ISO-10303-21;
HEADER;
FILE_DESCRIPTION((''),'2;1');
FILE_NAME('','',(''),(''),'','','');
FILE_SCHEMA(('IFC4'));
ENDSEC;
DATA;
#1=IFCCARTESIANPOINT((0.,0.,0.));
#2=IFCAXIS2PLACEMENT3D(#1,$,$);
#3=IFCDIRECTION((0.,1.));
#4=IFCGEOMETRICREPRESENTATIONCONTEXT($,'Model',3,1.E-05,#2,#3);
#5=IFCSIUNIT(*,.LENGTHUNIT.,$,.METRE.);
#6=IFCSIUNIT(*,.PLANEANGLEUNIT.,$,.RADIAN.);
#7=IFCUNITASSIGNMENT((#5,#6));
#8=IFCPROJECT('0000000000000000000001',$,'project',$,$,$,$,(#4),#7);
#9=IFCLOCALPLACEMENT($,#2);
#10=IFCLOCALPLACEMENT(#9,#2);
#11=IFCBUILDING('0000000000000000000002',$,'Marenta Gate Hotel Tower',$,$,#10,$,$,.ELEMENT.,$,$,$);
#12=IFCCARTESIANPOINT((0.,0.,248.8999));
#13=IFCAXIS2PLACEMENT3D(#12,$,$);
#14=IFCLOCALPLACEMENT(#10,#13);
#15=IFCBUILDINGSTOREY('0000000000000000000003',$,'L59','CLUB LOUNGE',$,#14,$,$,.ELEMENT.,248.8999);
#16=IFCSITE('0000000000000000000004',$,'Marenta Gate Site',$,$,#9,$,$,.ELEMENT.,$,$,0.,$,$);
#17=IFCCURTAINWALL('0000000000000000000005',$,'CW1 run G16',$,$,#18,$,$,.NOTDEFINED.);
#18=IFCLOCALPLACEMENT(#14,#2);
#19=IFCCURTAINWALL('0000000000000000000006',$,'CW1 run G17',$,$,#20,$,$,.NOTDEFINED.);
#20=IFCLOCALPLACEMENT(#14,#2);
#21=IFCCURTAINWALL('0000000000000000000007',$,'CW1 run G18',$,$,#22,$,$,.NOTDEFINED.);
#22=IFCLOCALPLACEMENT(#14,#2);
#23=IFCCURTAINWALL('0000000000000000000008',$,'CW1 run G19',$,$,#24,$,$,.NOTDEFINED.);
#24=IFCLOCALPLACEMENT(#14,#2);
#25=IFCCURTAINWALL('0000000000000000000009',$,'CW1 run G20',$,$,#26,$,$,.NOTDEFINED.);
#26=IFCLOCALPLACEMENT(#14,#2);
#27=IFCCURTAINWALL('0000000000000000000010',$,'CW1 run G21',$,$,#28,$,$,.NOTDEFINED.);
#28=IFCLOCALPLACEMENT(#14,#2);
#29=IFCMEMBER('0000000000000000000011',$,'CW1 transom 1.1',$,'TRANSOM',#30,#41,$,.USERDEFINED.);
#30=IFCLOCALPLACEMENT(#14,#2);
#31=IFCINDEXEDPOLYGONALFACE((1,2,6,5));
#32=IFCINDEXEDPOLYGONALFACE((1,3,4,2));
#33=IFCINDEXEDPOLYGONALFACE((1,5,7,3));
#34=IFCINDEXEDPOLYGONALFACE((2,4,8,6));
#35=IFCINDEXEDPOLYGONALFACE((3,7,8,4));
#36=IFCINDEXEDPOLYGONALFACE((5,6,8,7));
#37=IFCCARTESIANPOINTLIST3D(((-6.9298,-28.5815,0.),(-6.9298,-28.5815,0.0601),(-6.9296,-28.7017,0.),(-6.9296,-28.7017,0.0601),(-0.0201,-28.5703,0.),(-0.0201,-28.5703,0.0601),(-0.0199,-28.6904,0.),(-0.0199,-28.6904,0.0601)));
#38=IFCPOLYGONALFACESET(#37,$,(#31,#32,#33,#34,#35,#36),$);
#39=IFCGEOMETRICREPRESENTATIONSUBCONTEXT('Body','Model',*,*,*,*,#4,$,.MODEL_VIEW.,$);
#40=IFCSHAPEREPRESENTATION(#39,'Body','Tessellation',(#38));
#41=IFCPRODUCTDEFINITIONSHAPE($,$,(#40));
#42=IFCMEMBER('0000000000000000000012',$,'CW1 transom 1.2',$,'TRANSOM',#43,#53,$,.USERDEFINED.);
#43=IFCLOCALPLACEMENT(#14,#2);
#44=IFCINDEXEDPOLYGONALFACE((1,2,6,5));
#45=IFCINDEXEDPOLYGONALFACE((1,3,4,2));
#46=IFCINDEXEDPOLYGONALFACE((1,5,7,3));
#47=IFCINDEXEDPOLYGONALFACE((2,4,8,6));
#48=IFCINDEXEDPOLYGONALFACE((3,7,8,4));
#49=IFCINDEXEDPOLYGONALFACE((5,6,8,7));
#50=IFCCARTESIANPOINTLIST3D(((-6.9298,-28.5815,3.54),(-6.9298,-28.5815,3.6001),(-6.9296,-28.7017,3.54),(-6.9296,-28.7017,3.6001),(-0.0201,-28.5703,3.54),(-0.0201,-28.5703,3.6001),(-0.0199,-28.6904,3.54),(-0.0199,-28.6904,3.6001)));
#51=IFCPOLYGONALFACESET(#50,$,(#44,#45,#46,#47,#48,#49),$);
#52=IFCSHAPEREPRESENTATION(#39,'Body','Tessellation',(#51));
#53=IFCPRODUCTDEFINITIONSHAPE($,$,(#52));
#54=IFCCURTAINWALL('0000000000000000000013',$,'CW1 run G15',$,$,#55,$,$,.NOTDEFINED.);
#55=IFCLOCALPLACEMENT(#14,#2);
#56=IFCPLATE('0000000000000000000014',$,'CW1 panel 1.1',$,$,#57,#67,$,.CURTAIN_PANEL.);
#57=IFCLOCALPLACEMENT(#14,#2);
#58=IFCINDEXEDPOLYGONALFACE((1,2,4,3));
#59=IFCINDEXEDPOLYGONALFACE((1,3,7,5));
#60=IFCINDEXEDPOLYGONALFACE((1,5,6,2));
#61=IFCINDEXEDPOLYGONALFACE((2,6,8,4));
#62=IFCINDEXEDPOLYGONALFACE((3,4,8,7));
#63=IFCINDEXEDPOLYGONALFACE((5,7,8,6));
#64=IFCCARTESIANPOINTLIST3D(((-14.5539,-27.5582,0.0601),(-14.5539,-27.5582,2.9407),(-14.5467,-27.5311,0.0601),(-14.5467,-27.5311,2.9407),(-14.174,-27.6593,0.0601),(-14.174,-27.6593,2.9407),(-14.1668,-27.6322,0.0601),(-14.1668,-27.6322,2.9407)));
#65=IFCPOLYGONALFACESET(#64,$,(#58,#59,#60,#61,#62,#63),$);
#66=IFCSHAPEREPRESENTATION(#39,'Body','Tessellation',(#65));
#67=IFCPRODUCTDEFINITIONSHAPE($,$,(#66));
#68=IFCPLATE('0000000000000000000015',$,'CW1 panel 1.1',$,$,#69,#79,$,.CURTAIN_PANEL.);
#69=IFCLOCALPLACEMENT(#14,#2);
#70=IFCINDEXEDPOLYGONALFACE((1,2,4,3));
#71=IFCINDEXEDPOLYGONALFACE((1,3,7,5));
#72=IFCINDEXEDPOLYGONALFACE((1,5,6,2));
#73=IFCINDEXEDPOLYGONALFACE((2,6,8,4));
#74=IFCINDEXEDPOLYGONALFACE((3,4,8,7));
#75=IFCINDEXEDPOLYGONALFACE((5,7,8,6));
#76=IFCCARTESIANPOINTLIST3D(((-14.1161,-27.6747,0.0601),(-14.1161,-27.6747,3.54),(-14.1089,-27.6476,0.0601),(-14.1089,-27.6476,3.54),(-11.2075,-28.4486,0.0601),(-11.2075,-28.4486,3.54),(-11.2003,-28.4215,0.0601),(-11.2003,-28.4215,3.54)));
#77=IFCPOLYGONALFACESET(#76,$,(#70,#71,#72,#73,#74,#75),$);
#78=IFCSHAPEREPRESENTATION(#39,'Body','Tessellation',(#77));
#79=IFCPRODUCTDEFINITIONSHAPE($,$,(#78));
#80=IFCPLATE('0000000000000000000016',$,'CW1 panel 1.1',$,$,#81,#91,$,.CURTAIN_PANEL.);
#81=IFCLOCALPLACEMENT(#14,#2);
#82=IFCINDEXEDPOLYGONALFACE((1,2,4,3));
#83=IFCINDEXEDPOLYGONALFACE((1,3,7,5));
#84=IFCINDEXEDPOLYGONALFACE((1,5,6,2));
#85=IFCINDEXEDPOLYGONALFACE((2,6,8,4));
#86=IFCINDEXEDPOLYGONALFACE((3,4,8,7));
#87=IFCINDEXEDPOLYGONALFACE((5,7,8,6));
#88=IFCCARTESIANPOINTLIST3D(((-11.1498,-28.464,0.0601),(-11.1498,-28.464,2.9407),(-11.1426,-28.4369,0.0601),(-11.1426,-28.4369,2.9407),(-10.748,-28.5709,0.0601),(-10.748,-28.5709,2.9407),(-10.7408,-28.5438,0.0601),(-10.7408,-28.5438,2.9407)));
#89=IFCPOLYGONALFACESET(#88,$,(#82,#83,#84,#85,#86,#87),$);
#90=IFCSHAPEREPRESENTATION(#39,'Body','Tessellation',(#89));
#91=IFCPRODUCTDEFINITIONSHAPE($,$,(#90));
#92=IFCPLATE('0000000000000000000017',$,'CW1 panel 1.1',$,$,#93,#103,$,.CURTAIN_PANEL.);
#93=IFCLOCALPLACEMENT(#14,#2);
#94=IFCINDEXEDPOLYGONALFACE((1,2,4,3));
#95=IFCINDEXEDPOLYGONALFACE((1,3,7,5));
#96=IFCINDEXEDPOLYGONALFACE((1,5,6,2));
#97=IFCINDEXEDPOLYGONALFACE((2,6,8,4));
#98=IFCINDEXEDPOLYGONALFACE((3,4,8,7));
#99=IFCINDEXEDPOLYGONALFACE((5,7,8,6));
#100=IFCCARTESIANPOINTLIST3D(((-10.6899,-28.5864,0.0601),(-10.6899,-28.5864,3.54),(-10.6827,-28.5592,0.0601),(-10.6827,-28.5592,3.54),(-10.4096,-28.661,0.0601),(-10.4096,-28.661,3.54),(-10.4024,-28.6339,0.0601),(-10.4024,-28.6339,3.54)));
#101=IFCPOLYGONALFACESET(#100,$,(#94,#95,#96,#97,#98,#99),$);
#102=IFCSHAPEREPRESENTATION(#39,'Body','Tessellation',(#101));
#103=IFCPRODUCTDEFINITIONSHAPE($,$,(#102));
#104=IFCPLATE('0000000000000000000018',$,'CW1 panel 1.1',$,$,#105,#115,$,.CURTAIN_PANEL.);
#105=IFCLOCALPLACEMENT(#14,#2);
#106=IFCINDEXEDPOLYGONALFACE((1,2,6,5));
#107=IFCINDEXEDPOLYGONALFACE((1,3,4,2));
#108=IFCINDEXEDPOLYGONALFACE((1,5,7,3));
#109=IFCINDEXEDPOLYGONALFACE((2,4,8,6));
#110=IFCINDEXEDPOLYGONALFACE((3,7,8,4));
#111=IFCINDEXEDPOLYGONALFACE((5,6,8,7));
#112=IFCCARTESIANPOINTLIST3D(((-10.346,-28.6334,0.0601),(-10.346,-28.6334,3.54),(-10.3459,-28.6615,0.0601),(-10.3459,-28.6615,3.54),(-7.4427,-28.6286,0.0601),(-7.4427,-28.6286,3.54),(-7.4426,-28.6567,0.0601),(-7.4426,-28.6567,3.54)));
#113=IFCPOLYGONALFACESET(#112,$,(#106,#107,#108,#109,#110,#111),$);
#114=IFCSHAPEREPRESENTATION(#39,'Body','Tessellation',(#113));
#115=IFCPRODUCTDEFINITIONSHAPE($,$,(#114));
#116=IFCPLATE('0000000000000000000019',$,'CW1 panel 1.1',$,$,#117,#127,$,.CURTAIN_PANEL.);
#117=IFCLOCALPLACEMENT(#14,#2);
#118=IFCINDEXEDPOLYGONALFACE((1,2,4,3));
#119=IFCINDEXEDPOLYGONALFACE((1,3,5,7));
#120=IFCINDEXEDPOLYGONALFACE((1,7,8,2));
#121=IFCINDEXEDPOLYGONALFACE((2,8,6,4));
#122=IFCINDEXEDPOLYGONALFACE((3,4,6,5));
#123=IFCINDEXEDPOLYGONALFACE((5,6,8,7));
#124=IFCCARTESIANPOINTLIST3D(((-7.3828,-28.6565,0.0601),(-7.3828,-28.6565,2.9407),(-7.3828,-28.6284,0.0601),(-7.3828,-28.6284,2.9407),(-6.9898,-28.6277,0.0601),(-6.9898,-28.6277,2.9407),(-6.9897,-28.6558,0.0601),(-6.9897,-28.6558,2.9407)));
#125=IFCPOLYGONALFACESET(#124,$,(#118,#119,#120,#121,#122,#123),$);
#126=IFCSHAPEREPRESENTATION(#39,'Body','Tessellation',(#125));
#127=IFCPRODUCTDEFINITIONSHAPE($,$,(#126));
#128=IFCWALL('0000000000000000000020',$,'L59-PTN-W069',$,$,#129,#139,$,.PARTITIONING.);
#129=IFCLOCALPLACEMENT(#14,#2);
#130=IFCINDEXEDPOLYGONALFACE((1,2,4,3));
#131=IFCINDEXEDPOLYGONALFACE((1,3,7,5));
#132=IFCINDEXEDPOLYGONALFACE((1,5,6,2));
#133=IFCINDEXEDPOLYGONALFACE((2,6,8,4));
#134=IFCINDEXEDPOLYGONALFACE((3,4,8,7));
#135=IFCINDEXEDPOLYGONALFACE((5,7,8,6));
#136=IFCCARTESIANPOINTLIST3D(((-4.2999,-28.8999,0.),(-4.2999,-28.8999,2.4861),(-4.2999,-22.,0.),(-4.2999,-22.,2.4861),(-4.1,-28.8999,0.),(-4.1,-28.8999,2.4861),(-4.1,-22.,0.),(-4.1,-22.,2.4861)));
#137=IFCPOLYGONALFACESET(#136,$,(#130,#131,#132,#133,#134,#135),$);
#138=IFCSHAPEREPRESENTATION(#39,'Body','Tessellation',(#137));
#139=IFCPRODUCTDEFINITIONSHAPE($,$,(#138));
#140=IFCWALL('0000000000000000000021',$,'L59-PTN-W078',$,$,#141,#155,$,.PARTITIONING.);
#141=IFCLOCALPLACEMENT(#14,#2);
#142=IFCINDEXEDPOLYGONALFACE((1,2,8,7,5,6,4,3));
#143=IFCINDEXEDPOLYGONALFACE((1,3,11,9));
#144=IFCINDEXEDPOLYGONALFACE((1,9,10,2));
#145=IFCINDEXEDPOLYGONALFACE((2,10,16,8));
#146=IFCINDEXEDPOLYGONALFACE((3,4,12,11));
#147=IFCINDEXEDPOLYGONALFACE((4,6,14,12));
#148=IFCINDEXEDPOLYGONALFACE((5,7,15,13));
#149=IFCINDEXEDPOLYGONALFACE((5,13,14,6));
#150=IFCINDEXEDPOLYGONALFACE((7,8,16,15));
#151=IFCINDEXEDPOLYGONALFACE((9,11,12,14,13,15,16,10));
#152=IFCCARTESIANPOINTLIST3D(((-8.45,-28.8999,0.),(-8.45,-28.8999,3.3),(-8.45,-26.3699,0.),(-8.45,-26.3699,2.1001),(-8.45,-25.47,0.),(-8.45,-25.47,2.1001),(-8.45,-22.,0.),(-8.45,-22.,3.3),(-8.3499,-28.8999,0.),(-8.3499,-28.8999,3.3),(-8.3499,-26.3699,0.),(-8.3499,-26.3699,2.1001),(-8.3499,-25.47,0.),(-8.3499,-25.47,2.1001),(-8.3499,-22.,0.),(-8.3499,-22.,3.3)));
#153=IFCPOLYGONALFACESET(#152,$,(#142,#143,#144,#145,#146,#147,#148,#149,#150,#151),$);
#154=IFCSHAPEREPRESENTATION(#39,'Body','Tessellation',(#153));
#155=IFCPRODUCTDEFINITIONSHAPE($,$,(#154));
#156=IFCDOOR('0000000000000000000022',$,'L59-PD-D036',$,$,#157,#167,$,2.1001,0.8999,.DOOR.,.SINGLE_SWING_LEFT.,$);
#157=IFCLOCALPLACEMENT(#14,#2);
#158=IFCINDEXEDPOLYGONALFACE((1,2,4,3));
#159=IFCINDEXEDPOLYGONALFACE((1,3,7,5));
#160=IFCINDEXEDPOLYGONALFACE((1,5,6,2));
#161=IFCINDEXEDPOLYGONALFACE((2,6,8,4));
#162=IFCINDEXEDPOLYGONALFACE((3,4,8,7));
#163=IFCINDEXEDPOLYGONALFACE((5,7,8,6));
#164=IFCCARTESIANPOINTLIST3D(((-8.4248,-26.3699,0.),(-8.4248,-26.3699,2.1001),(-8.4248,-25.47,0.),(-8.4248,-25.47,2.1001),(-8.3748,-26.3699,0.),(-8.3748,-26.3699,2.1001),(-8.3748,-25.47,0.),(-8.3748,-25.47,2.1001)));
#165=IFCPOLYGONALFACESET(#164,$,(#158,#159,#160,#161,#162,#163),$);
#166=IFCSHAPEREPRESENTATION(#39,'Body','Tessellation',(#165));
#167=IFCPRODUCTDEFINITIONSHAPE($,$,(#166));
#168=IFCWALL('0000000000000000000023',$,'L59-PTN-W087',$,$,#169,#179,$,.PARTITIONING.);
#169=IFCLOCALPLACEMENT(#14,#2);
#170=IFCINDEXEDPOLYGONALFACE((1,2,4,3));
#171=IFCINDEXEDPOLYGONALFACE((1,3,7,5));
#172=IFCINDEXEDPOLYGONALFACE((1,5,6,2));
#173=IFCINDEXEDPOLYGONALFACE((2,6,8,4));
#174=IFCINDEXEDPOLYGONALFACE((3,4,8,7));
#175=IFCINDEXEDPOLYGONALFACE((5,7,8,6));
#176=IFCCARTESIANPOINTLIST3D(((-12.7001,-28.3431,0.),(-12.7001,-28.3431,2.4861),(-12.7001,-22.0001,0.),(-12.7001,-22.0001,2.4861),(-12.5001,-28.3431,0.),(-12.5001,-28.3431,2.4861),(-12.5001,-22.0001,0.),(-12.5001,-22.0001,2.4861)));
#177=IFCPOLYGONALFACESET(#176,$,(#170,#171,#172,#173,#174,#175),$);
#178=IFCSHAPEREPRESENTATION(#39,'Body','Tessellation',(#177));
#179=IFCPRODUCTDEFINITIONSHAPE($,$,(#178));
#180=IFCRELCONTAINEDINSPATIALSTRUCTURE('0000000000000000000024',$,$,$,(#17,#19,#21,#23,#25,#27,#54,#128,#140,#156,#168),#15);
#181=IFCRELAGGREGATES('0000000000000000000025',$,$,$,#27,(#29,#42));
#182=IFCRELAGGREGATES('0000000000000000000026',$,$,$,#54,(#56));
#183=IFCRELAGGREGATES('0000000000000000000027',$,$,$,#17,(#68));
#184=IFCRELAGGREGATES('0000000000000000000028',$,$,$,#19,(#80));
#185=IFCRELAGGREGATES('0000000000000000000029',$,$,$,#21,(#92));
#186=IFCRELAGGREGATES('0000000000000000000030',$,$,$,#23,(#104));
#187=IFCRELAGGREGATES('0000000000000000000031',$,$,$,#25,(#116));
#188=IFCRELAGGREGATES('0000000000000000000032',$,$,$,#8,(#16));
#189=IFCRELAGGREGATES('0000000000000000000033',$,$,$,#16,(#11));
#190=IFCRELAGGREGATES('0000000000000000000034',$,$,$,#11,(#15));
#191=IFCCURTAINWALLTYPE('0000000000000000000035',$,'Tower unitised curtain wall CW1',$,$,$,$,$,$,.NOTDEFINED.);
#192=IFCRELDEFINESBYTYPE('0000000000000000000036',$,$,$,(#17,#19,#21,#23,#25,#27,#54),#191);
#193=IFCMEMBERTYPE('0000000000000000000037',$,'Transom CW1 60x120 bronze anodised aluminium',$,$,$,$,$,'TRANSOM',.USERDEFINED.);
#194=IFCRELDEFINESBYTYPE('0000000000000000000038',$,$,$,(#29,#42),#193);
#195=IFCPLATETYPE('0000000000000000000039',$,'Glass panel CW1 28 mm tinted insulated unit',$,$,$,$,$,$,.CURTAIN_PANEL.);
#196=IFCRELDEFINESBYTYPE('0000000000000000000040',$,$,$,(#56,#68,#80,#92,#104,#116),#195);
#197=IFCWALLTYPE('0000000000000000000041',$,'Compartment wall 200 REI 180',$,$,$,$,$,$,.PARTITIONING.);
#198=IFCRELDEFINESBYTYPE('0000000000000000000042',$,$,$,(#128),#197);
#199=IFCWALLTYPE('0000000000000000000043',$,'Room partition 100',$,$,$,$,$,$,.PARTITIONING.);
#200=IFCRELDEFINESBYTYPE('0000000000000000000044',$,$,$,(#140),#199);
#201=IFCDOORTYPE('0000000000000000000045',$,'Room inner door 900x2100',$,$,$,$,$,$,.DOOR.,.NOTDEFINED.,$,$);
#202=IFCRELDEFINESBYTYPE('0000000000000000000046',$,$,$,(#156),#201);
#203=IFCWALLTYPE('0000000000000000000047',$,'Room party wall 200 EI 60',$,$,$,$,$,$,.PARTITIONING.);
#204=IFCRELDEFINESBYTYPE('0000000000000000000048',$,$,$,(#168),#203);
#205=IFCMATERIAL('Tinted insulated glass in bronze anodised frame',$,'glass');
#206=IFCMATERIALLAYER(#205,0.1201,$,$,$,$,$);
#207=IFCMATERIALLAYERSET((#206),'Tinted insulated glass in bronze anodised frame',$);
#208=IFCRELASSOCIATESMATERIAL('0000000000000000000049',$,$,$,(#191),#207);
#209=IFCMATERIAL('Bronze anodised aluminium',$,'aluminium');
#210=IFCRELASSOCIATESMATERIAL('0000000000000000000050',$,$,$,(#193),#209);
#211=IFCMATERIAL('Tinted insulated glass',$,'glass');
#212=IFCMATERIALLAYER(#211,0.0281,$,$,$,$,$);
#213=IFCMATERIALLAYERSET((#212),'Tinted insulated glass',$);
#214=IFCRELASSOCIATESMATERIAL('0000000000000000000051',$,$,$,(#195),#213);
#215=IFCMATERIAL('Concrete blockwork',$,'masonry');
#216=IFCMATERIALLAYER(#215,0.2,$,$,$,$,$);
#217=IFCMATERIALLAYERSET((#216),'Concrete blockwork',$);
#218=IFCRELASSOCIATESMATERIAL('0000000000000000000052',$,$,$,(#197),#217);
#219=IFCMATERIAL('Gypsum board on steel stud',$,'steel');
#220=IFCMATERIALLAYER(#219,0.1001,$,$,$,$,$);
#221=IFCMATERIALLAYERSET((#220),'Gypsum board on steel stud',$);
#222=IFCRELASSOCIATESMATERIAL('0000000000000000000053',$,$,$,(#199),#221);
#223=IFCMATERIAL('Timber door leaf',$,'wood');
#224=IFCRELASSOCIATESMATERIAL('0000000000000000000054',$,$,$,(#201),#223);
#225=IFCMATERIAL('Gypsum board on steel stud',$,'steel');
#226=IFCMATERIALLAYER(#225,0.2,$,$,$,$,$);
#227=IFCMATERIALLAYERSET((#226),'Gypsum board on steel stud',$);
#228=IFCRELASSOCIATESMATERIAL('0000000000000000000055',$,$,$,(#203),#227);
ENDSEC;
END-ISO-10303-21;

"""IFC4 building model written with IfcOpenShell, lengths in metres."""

from ifc_helpers import new_model, si_unit, direction, frame, frame_2d, origin, origin_2d, place, context, subcontext, project, spatial, rectangle, extrude, material, layer, layer_set, material_profile, profile_set, type_object, element, fill, aggregate, save


model = new_model("IFC4")

# Units and contexts
model_context = context("Model", 3, precision=1e-05, world=origin(), true_north=direction((0.0, 1.0)))
body_context = subcontext(model_context, "Body", "Model", "MODEL_VIEW")
ifc_project = project(units=[si_unit("LENGTHUNIT", "METRE"), si_unit("PLANEANGLEUNIT", "RADIAN")], contexts=[model_context])

# Site, building, storey
site_placement = place(None, origin())
site = spatial("IfcSite", under=ifc_project, at=site_placement, Name="Marenta Gate Site", CompositionType="ELEMENT", RefElevation=0.0)
building_placement = place(site_placement, origin())
building = spatial("IfcBuilding", under=site, at=building_placement, Name="Marenta Gate Hotel Tower", CompositionType="ELEMENT")
storey_placement = place(building_placement, frame((0.0, 0.0, 248.8999)))
storey = spatial("IfcBuildingStorey", under=building, at=storey_placement, Name="L59", Description="CLUB LOUNGE", CompositionType="ELEMENT", Elevation=248.8999)

# Curtain walls
ifc_material_1 = material(Name="Tinted insulated glass in bronze anodised frame", Category="glass")
ifc_layer_1 = layer(ifc_material_1, 0.1201)
ifc_layer_set_1 = layer_set([ifc_layer_1], Name="Tinted insulated glass in bronze anodised frame")
curtain_wall_type = type_object("IfcCurtainWallType", Name="Tower unitised curtain wall CW1", PredefinedType="NOTDEFINED", material=ifc_layer_set_1)
curtain_wall_1_placement = place(storey_placement, origin())
curtain_wall_1 = element("IfcCurtainWall", 1, at=curtain_wall_1_placement, inside=storey, type_object=curtain_wall_type, Name="CW1 run G16", PredefinedType="NOTDEFINED")
curtain_wall_2_placement = place(storey_placement, origin())
curtain_wall_2 = element("IfcCurtainWall", 2, at=curtain_wall_2_placement, inside=storey, type_object=curtain_wall_type, Name="CW1 run G17", PredefinedType="NOTDEFINED")
curtain_wall_3_placement = place(storey_placement, origin())
curtain_wall_3 = element("IfcCurtainWall", 3, at=curtain_wall_3_placement, inside=storey, type_object=curtain_wall_type, Name="CW1 run G18", PredefinedType="NOTDEFINED")
curtain_wall_4_placement = place(storey_placement, origin())
curtain_wall_4 = element("IfcCurtainWall", 4, at=curtain_wall_4_placement, inside=storey, type_object=curtain_wall_type, Name="CW1 run G19", PredefinedType="NOTDEFINED")
curtain_wall_5_placement = place(storey_placement, origin())
curtain_wall_5 = element("IfcCurtainWall", 5, at=curtain_wall_5_placement, inside=storey, type_object=curtain_wall_type, Name="CW1 run G20", PredefinedType="NOTDEFINED")
curtain_wall_6_placement = place(storey_placement, origin())
curtain_wall_6 = element("IfcCurtainWall", 6, at=curtain_wall_6_placement, inside=storey, type_object=curtain_wall_type, Name="CW1 run G21", PredefinedType="NOTDEFINED")

# Members
ifc_material_2 = material(Name="Bronze anodised aluminium", Category="aluminium")
ifc_material_profile_1 = material_profile(ifc_material_2, rectangle(XDim=0.1201, YDim=0.0601, at=origin_2d()), Name="Transom CW1 60x120 bronze anodised aluminium")
ifc_profile_set_1 = profile_set([ifc_material_profile_1], Name="Bronze anodised aluminium")
member_type_1 = type_object("IfcMemberType", Name="Transom CW1 60x120 bronze anodised aluminium", ElementType="TRANSOM", PredefinedType="USERDEFINED", material=ifc_profile_set_1)
member_1_placement = place(storey_placement, frame((-6.9297, -28.6416, 0.03), z_axis=(0.999999, 0.001625, 0.0), x_axis=(-0.001625, 0.999999, 0.0)))
member_1 = element("IfcMember", 7, at=member_1_placement, type_object=member_type_1, Name="CW1 transom 1.1", ObjectType="TRANSOM", PredefinedType="USERDEFINED", context=body_context, shape_type="SweptSolid", body=[
    extrude(rectangle(XDim=0.1201, YDim=0.0601, at=origin_2d()), origin(), (0.0, 0.0, 1.0), 6.9097),
])
member_2_placement = place(storey_placement, frame((-6.9297, -28.6416, 3.5701), z_axis=(0.999999, 0.001625, 0.0), x_axis=(-0.001625, 0.999999, 0.0)))
member_2 = element("IfcMember", 8, at=member_2_placement, type_object=member_type_1, Name="CW1 transom 1.2", ObjectType="TRANSOM", PredefinedType="USERDEFINED", context=body_context, shape_type="SweptSolid", body=[
    extrude(rectangle(XDim=0.1201, YDim=0.0601, at=origin_2d()), origin(), (0.0, 0.0, 1.0), 6.9097),
])
aggregate(curtain_wall_6, [member_1, member_2])

# Curtain wall, plate
curtain_wall_7_placement = place(storey_placement, origin())
curtain_wall_7 = element("IfcCurtainWall", 9, at=curtain_wall_7_placement, inside=storey, type_object=curtain_wall_type, Name="CW1 run G15", PredefinedType="NOTDEFINED")
ifc_material_3 = material(Name="Tinted insulated glass", Category="glass")
ifc_layer_2 = layer(ifc_material_3, 0.0281)
ifc_layer_set_2 = layer_set([ifc_layer_2], Name="Tinted insulated glass")
plate_type = type_object("IfcPlateType", Name="Glass panel CW1 28 mm tinted insulated unit", PredefinedType="CURTAIN_PANEL", material=ifc_layer_set_2)
plate_1_placement = place(storey_placement, frame((-14.3604, -27.5952, 0.0601), z_axis=(0.0, 0.0, 1.0), x_axis=(0.96637, -0.257154, 0.0)))
plate_1 = element("IfcPlate", 10, at=plate_1_placement, type_object=plate_type, Name="CW1 panel 1.1", PredefinedType="CURTAIN_PANEL", context=body_context, shape_type="SweptSolid", body=[
    extrude(rectangle(XDim=0.3931, YDim=0.0281, at=origin_2d()), origin(), (0.0, 0.0, 1.0), 2.8806),
])
aggregate(curtain_wall_7, [plate_1])

# Plates
plate_2_placement = place(storey_placement, frame((-12.6582, -28.0481, 0.0601), z_axis=(0.0, 0.0, 1.0), x_axis=(0.966378, -0.257125, 0.0)))
plate_2 = element("IfcPlate", 11, at=plate_2_placement, type_object=plate_type, Name="CW1 panel 1.1", PredefinedType="CURTAIN_PANEL", context=body_context, shape_type="SweptSolid", body=[
    extrude(rectangle(XDim=3.0098, YDim=0.0281, at=origin_2d()), origin(), (0.0, 0.0, 1.0), 3.48),
])
aggregate(curtain_wall_1, [plate_2])
plate_3_placement = place(storey_placement, frame((-10.9453, -28.5039, 0.0601), z_axis=(0.0, 0.0, 1.0), x_axis=(0.966385, -0.2571, 0.0)))
plate_3 = element("IfcPlate", 12, at=plate_3_placement, type_object=plate_type, Name="CW1 panel 1.1", PredefinedType="CURTAIN_PANEL", context=body_context, shape_type="SweptSolid", body=[
    extrude(rectangle(XDim=0.4158, YDim=0.0281, at=origin_2d()), origin(), (0.0, 0.0, 1.0), 2.8806),
])
aggregate(curtain_wall_2, [plate_3])
plate_4_placement = place(storey_placement, frame((-10.5461, -28.6101, 0.0601), z_axis=(0.0, 0.0, 1.0), x_axis=(0.966315, -0.25736, 0.0)))
plate_4 = element("IfcPlate", 13, at=plate_4_placement, type_object=plate_type, Name="CW1 panel 1.1", PredefinedType="CURTAIN_PANEL", context=body_context, shape_type="SweptSolid", body=[
    extrude(rectangle(XDim=0.29, YDim=0.0281, at=origin_2d()), origin(), (0.0, 0.0, 1.0), 3.48),
])
aggregate(curtain_wall_3, [plate_4])
plate_5_placement = place(storey_placement, frame((-8.8943, -28.645, 0.0601), z_axis=(0.0, 0.0, 1.0), x_axis=(0.999999, 0.001654, 0.0)))
plate_5 = element("IfcPlate", 14, at=plate_5_placement, type_object=plate_type, Name="CW1 panel 1.1", PredefinedType="CURTAIN_PANEL", context=body_context, shape_type="SweptSolid", body=[
    extrude(rectangle(XDim=2.9033, YDim=0.0281, at=origin_2d()), origin(), (0.0, 0.0, 1.0), 3.48),
])
aggregate(curtain_wall_4, [plate_5])
plate_6_placement = place(storey_placement, frame((-7.1863, -28.6421, 0.0601), z_axis=(0.0, 0.0, 1.0), x_axis=(0.999998, 0.001766, 0.0)))
plate_6 = element("IfcPlate", 15, at=plate_6_placement, type_object=plate_type, Name="CW1 panel 1.1", PredefinedType="CURTAIN_PANEL", context=body_context, shape_type="SweptSolid", body=[
    extrude(rectangle(XDim=0.3931, YDim=0.0281, at=origin_2d()), origin(), (0.0, 0.0, 1.0), 2.8806),
])
aggregate(curtain_wall_5, [plate_6])

# Wall
ifc_material_4 = material(Name="Concrete blockwork", Category="masonry")
ifc_layer_3 = layer(ifc_material_4, 0.2)
ifc_layer_set_3 = layer_set([ifc_layer_3], Name="Concrete blockwork")
wall_type_1 = type_object("IfcWallType", Name="Compartment wall 200 REI 180", PredefinedType="PARTITIONING", material=ifc_layer_set_3)
wall_1_placement = place(storey_placement, frame((-4.2, -28.8999, 0.0), z_axis=(0.0, 0.0, 1.0), x_axis=(0.0, 1.0, 0.0)))
element("IfcWall", 16, at=wall_1_placement, inside=storey, type_object=wall_type_1, Name="L59-PTN-W069", PredefinedType="PARTITIONING", context=body_context, shape_type="SweptSolid", body=[
    extrude(rectangle(XDim=6.8999, YDim=0.2, at=frame_2d((3.45, 0.0))), origin(), (0.0, 0.0, 1.0), 2.4861),
])

# Wall, opening, door
ifc_material_5 = material(Name="Gypsum board on steel stud", Category="steel")
ifc_layer_4 = layer(ifc_material_5, 0.1001)
ifc_layer_set_4 = layer_set([ifc_layer_4], Name="Gypsum board on steel stud")
wall_type_2 = type_object("IfcWallType", Name="Room partition 100", PredefinedType="PARTITIONING", material=ifc_layer_set_4)
wall_2_placement = place(storey_placement, frame((-8.3999, -28.8999, 0.0), z_axis=(0.0, 0.0, 1.0), x_axis=(0.0, 1.0, 0.0)))
wall_2 = element("IfcWall", 17, at=wall_2_placement, inside=storey, type_object=wall_type_2, Name="L59-PTN-W078", PredefinedType="PARTITIONING", context=body_context, shape_type="SweptSolid", body=[
    extrude(rectangle(XDim=6.8999, YDim=0.1001, at=frame_2d((3.45, 0.0))), origin(), (0.0, 0.0, 1.0), 3.3),
])
opening_placement = place(wall_2_placement, frame((2.53, 0.0, 0.0)))
opening = element("IfcOpeningElement", 18, at=opening_placement, cuts=wall_2, PredefinedType="OPENING", context=body_context, shape_type="SweptSolid", body=[
    extrude(rectangle(XDim=0.8999, YDim=2.1001, at=frame_2d((0.45, 1.05))), frame((0.0, 0.05, 0.0), z_axis=(0.0, -1.0, 0.0), x_axis=(1.0, 0.0, 0.0)), (0.0, 0.0, 1.0), 0.1001),
])
ifc_material_6 = material(Name="Timber door leaf", Category="wood")
door_type = type_object("IfcDoorType", Name="Room inner door 900x2100", OperationType="NOTDEFINED", PredefinedType="DOOR", material=ifc_material_6)
door_placement = place(opening_placement, origin())
door = element("IfcDoor", 19, at=door_placement, inside=storey, type_object=door_type, Name="L59-PD-D036", OperationType="SINGLE_SWING_LEFT", OverallHeight=2.1001, OverallWidth=0.8999, PredefinedType="DOOR", context=body_context, shape_type="SweptSolid", body=[
    extrude(rectangle(XDim=0.8999, YDim=2.1001, at=frame_2d((0.45, 1.05))), frame((0.0, 0.0249, 0.0), z_axis=(0.0, -1.0, 0.0), x_axis=(1.0, 0.0, 0.0)), (0.0, 0.0, 1.0), 0.05),
])
fill(opening, door)

# Wall
ifc_material_7 = material(Name="Gypsum board on steel stud", Category="steel")
ifc_layer_5 = layer(ifc_material_7, 0.2)
ifc_layer_set_5 = layer_set([ifc_layer_5], Name="Gypsum board on steel stud")
wall_type_3 = type_object("IfcWallType", Name="Room party wall 200 EI 60", PredefinedType="PARTITIONING", material=ifc_layer_set_5)
wall_3_placement = place(storey_placement, frame((-12.6001, -28.343, 0.0), z_axis=(0.0, 0.0, 1.0), x_axis=(0.0, 1.0, 0.0)))
element("IfcWall", 20, at=wall_3_placement, inside=storey, type_object=wall_type_3, Name="L59-PTN-W087", PredefinedType="PARTITIONING", context=body_context, shape_type="SweptSolid", body=[
    extrude(rectangle(XDim=6.343, YDim=0.2, at=frame_2d((3.1714, 0.0))), origin(), (0.0, 0.0, 1.0), 2.4861),
])

save(model, "model.ifc")
